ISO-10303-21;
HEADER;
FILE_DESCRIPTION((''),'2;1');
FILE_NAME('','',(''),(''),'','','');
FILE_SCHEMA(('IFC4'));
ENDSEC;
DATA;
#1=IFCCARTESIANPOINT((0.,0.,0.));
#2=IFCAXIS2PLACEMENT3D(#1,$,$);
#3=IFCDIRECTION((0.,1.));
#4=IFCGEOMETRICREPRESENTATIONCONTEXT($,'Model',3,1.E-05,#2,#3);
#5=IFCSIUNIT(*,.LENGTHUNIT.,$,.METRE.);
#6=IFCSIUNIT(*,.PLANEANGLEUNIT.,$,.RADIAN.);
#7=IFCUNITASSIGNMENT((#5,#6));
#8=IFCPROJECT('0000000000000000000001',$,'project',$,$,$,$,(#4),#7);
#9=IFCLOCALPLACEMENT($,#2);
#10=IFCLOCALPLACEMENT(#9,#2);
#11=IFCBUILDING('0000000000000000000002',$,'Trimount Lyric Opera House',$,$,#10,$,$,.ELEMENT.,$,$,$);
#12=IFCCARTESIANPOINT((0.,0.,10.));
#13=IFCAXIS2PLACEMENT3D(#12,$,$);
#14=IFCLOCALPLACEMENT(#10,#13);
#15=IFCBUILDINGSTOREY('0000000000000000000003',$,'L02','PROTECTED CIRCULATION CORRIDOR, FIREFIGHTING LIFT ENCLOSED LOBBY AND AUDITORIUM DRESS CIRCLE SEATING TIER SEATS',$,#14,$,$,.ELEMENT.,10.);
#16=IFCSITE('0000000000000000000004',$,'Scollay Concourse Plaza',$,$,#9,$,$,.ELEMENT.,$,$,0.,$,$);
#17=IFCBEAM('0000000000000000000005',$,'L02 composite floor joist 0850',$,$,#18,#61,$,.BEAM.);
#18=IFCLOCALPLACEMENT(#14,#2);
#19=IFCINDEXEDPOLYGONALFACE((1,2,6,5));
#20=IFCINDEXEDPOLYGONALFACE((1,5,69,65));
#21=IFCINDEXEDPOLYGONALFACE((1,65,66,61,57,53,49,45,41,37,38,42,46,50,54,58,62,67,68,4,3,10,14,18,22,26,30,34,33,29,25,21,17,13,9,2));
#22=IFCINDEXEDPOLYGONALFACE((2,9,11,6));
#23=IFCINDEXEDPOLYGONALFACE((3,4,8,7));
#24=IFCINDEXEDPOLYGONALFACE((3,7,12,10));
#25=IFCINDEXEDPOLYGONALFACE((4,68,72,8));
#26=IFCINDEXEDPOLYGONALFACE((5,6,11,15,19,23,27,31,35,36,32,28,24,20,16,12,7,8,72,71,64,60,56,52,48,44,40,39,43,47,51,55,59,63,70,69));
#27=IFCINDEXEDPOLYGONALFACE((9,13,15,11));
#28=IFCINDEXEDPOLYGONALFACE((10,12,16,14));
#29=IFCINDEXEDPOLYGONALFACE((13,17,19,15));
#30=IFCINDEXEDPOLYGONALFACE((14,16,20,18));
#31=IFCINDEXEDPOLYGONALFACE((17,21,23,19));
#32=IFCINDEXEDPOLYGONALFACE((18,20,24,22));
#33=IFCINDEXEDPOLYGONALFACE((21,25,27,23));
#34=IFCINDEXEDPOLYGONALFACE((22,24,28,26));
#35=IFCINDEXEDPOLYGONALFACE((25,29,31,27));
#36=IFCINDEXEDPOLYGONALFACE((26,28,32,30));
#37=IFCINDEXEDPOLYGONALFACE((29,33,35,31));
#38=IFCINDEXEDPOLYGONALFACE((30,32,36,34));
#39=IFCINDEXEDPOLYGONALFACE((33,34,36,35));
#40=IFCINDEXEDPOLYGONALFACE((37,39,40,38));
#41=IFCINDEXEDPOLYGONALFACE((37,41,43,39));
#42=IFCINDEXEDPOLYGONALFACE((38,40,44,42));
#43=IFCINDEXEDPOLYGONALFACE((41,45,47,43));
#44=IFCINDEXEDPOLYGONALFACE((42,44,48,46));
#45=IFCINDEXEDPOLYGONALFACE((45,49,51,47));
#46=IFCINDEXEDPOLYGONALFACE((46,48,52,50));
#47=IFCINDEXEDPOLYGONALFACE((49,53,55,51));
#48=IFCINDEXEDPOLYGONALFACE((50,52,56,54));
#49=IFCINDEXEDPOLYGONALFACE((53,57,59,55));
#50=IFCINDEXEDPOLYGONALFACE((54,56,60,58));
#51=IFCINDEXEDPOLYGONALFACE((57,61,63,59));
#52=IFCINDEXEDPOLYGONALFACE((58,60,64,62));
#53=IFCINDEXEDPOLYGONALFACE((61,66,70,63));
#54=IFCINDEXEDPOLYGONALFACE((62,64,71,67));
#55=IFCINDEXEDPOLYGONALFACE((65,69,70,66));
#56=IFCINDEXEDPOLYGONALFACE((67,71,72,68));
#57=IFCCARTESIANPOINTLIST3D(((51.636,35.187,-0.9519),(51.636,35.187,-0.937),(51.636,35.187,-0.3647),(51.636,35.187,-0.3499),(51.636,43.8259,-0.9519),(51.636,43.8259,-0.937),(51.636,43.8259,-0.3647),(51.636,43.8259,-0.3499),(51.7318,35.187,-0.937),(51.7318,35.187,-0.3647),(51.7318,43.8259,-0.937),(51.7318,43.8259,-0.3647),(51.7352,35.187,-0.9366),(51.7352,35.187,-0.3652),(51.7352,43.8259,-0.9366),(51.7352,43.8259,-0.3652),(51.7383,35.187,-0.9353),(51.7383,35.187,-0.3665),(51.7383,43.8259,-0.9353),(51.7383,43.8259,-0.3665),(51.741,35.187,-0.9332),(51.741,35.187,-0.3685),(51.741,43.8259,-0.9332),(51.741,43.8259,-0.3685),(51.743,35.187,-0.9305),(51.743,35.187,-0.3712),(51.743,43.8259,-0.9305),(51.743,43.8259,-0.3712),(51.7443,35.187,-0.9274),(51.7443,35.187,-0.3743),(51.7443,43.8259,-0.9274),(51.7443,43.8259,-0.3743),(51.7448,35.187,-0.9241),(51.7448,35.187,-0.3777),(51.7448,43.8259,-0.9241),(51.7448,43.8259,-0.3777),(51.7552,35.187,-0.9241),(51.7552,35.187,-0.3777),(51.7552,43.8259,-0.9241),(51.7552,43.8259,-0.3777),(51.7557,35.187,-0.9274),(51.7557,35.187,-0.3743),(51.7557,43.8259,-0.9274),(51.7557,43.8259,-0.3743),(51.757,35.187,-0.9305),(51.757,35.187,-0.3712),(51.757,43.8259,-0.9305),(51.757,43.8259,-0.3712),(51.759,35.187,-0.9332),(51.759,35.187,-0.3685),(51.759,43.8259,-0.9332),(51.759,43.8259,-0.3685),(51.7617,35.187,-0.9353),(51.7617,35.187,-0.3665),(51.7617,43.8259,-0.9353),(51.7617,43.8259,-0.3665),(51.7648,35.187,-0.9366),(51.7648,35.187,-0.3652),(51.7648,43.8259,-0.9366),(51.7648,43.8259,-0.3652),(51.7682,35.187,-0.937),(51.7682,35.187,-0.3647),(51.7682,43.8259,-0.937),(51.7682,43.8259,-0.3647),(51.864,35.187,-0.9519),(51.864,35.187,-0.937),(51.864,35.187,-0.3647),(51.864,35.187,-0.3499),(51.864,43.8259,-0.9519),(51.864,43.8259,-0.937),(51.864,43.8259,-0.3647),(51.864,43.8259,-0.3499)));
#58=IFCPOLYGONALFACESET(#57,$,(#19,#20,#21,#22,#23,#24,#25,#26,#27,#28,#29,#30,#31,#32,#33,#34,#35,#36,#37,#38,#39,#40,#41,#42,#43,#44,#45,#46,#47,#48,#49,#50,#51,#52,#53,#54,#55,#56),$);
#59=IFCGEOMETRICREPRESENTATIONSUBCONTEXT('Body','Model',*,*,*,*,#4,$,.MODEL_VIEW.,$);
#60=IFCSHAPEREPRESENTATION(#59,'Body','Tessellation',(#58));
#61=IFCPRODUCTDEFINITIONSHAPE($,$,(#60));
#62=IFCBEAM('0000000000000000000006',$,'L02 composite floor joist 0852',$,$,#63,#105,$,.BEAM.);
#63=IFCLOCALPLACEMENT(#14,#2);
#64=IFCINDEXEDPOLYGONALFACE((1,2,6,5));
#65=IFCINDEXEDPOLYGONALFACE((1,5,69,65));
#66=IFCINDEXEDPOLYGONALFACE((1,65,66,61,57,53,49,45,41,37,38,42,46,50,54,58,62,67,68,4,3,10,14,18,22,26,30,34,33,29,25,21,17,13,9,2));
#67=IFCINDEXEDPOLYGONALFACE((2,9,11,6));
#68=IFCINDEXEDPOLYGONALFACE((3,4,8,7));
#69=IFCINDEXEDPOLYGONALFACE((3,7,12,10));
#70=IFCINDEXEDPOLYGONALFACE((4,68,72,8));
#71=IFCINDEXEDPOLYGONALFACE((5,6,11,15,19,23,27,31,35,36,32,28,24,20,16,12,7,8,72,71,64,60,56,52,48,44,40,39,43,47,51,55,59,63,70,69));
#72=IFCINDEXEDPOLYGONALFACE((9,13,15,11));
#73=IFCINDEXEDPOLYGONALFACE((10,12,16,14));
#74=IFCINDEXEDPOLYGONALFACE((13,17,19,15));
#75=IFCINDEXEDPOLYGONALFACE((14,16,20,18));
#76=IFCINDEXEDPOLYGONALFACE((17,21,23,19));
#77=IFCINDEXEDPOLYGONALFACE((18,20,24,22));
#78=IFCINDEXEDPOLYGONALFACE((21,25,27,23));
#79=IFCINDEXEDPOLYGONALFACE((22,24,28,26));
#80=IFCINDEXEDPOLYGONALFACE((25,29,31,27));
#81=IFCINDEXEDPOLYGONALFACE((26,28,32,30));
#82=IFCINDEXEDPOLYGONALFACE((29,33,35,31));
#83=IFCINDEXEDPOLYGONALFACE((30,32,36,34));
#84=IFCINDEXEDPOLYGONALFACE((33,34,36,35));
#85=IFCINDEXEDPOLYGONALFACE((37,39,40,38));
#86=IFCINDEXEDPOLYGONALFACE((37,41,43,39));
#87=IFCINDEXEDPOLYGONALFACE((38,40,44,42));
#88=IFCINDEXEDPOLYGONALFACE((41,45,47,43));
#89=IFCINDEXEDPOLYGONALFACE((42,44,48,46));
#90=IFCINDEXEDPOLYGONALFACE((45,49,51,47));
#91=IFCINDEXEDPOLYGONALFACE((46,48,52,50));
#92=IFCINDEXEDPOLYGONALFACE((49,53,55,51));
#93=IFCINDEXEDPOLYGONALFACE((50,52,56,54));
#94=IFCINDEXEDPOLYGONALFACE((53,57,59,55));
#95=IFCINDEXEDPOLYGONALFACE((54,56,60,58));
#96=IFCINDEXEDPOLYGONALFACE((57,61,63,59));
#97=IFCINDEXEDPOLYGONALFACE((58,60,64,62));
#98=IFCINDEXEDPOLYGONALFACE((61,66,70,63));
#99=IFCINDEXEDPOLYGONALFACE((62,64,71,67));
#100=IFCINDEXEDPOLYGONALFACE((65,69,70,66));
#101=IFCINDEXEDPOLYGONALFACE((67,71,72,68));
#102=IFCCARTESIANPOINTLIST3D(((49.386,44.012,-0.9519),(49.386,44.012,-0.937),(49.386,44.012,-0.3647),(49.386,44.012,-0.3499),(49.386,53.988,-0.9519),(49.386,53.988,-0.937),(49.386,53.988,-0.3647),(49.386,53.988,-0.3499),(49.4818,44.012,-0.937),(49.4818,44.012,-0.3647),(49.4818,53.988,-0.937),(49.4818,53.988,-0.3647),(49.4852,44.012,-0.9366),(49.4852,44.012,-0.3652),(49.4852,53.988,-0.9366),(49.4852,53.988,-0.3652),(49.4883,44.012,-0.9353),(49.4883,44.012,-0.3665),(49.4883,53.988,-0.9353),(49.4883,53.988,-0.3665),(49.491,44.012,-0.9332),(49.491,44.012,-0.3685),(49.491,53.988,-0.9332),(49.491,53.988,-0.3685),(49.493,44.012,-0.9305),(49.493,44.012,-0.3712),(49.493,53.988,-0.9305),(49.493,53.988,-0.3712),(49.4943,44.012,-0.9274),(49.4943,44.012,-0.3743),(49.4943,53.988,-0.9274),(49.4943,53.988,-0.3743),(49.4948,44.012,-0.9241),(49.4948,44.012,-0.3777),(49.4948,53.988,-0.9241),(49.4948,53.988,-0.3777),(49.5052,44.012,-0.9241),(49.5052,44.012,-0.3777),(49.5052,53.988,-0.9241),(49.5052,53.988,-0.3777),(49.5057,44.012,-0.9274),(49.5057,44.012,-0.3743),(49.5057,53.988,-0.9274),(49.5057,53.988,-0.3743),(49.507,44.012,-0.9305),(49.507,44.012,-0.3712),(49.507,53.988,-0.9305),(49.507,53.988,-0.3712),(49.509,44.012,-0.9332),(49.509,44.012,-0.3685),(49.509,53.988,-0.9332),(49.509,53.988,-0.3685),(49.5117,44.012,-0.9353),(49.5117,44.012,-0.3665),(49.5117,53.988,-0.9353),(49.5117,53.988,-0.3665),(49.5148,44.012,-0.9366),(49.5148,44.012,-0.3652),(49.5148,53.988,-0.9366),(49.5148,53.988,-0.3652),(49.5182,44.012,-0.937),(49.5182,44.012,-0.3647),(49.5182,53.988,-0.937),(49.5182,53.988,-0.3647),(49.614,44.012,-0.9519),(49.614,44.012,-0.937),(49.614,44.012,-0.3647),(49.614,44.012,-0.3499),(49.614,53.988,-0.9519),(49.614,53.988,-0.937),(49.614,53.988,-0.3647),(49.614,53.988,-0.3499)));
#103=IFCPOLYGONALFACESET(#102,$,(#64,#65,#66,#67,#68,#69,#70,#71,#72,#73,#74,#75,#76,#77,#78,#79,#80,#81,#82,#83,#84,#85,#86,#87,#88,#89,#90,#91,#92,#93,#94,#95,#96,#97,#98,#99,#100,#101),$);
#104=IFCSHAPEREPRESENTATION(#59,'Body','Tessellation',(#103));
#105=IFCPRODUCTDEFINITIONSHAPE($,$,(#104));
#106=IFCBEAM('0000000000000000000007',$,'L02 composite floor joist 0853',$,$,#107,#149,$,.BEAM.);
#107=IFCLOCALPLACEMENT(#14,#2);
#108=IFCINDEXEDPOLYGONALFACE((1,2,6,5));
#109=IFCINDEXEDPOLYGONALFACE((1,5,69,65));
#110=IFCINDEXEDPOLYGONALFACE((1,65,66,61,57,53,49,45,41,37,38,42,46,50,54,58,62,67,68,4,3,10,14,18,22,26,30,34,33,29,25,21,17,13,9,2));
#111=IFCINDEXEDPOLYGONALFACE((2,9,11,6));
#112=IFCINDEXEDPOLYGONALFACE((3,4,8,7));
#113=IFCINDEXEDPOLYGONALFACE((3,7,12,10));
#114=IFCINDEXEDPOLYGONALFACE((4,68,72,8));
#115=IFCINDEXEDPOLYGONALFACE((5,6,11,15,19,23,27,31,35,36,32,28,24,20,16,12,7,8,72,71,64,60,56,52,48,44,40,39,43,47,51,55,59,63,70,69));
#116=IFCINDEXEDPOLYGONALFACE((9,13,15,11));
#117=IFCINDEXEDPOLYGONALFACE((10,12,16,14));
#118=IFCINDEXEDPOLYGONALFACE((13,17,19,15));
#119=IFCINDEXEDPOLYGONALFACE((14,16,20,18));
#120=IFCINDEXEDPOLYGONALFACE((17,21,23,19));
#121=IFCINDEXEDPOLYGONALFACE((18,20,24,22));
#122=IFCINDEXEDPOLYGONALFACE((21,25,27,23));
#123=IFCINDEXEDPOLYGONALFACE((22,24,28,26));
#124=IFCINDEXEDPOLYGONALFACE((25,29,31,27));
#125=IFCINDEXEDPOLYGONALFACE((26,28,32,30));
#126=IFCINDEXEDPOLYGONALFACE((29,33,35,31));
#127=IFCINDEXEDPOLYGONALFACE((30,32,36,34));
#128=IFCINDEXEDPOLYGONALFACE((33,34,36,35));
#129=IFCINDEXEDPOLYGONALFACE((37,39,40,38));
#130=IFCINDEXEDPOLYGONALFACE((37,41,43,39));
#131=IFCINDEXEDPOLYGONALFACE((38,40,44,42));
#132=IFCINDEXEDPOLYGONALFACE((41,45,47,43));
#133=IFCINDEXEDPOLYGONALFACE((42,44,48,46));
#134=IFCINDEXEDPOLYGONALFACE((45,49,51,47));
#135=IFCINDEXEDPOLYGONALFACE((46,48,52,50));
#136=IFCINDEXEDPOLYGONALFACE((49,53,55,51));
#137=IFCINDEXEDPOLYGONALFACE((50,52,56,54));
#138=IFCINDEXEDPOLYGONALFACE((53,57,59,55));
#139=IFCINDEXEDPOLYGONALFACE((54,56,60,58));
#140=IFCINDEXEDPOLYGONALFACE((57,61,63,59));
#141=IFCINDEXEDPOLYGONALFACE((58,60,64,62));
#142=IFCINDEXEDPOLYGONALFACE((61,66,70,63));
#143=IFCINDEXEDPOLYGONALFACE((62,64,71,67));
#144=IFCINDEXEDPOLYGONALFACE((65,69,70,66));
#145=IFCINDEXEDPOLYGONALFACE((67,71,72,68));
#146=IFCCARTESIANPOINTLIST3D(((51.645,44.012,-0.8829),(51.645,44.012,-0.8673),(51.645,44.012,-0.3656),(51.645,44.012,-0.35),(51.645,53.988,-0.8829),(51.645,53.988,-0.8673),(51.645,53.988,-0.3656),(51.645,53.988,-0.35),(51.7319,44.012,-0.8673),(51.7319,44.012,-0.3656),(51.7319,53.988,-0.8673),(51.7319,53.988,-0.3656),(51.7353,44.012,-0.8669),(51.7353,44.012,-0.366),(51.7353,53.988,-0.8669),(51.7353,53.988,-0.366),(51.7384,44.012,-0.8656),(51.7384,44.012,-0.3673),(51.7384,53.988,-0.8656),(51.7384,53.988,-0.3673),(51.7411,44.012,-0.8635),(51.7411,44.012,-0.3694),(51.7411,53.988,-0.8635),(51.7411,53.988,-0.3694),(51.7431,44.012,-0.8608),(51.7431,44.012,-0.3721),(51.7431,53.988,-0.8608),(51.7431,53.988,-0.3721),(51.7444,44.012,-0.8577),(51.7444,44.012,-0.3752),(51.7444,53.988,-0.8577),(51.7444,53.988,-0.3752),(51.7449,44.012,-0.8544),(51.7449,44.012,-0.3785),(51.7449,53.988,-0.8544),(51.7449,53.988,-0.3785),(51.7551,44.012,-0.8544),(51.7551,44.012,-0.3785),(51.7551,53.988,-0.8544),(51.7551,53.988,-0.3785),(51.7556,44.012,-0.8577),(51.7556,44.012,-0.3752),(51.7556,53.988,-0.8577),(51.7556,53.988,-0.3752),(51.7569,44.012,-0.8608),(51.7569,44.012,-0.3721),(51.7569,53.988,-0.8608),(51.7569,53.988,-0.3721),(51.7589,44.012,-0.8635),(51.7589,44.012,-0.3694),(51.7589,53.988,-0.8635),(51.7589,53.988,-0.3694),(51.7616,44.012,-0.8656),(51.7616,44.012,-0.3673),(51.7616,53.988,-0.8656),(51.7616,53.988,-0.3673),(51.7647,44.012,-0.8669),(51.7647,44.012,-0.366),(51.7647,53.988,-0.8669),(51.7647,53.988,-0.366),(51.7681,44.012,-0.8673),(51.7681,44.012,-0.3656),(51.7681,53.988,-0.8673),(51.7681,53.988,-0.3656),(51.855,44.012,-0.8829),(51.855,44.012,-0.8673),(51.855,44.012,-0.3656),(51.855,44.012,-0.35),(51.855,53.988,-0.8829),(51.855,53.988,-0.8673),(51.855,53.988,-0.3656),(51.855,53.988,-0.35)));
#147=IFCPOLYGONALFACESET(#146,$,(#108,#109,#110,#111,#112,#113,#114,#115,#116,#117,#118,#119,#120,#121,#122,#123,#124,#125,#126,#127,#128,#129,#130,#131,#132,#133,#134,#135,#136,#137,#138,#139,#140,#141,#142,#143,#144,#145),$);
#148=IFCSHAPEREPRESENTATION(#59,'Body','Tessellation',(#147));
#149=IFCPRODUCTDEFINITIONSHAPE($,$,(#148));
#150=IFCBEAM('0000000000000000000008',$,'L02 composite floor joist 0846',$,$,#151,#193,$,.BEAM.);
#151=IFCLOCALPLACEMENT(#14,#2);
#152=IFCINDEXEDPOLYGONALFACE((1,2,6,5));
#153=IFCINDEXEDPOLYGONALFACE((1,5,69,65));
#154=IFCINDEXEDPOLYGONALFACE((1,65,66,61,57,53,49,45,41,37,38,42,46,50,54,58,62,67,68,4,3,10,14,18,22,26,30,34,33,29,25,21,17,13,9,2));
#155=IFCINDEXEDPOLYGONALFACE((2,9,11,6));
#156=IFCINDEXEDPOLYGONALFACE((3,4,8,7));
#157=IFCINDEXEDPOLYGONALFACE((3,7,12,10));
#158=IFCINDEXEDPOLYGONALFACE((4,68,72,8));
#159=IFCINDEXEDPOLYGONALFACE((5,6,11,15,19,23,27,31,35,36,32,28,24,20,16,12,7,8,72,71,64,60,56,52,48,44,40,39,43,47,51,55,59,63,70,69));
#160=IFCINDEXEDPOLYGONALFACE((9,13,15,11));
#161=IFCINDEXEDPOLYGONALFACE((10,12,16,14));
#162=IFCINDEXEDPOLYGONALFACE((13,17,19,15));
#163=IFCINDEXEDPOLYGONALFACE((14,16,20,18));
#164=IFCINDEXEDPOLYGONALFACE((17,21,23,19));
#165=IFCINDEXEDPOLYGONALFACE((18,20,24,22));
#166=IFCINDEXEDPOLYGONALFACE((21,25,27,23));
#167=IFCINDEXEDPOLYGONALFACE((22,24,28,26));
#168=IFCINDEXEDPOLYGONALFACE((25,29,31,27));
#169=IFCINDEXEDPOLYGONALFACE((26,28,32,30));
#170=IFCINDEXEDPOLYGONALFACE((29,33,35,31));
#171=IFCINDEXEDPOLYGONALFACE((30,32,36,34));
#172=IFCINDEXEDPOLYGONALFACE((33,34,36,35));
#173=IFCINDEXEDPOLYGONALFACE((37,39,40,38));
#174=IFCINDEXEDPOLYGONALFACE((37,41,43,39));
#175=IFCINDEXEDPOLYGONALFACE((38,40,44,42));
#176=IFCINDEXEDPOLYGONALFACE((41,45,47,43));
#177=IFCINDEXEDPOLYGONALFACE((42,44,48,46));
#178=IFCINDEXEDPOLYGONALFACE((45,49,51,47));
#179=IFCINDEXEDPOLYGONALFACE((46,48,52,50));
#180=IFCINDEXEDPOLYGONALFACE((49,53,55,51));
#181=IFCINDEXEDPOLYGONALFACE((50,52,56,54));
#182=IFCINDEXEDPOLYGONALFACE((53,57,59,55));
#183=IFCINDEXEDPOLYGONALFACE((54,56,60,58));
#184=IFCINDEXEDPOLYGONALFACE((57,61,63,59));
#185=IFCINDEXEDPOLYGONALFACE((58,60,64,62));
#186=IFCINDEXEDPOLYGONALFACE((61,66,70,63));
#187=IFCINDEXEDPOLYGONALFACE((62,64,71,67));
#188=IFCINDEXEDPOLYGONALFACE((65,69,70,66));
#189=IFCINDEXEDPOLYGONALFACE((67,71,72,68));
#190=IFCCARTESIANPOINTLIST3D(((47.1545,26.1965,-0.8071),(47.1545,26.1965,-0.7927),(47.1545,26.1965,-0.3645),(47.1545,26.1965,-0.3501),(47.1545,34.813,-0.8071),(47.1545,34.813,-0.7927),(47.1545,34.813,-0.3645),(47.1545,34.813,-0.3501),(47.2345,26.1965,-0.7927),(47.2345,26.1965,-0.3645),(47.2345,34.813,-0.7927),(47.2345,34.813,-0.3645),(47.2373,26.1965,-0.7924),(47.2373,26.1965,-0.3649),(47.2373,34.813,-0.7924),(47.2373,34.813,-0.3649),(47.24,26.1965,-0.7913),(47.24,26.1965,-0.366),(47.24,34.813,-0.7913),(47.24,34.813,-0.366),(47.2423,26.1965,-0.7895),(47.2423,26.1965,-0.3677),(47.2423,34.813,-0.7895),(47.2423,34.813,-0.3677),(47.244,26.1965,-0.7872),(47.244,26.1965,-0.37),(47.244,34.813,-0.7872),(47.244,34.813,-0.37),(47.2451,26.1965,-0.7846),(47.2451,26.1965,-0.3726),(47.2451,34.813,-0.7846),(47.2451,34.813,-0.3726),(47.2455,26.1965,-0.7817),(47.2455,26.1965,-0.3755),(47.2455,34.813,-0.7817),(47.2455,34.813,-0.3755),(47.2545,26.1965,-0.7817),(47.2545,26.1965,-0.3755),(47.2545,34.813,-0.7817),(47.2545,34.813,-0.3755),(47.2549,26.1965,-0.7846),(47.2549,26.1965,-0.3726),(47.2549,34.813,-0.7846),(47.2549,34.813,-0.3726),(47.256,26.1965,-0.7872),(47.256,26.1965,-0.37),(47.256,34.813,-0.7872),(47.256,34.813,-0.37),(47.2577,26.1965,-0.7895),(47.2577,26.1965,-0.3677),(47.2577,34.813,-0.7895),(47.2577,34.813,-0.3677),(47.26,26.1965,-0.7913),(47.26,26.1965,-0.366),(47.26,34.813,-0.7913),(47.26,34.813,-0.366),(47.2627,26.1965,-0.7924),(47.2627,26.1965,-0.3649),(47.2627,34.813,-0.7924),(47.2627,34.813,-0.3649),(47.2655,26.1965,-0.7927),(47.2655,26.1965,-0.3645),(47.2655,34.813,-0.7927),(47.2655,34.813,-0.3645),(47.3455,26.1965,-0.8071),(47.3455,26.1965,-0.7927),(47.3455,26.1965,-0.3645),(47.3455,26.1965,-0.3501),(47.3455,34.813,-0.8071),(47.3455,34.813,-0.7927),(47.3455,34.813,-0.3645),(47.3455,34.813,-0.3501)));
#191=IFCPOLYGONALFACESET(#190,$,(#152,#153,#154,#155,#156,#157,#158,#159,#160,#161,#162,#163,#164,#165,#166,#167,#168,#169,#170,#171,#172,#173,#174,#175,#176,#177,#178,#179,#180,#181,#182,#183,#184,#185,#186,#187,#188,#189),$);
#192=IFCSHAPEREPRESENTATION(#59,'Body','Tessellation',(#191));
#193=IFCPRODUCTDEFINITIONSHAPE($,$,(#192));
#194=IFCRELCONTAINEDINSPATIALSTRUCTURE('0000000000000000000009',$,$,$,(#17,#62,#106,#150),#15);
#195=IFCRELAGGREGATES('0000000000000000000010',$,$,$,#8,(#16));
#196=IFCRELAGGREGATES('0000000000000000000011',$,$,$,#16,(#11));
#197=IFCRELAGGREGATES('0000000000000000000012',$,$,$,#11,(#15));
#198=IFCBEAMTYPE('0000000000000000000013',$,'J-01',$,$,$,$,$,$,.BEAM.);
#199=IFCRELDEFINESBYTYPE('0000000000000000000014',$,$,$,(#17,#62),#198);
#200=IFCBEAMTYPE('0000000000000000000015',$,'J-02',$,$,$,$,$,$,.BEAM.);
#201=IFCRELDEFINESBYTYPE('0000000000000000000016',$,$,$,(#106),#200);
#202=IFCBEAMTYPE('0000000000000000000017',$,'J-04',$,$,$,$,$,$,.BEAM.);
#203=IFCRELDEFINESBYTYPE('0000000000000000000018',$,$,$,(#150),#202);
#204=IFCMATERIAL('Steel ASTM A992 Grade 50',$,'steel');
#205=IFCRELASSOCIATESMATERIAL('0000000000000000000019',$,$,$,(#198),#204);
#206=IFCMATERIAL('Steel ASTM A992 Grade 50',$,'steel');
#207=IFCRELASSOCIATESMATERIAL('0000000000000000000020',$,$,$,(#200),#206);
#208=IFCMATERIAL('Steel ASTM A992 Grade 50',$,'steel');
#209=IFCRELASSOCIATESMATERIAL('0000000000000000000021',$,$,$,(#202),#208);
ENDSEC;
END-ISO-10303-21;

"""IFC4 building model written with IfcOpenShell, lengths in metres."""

from ifc_helpers import new_model, si_unit, direction, frame, origin, origin_2d, place, context, subcontext, project, spatial, i_section, extrude, material, material_profile, profile_set, type_object, element, save


model = new_model("IFC4")

# Units and contexts
model_context = context("Model", 3, precision=1e-05, world=origin(), true_north=direction((0.0, 1.0)))
body_context = subcontext(model_context, "Body", "Model", "MODEL_VIEW")
ifc_project = project(units=[si_unit("LENGTHUNIT", "METRE"), si_unit("PLANEANGLEUNIT", "RADIAN")], contexts=[model_context])

# Site, building, storey
site_placement = place(None, origin())
site = spatial("IfcSite", under=ifc_project, at=site_placement, Name="Scollay Concourse Plaza", CompositionType="ELEMENT", RefElevation=0.0)
building_placement = place(site_placement, origin())
building = spatial("IfcBuilding", under=site, at=building_placement, Name="Trimount Lyric Opera House", CompositionType="ELEMENT")
storey_placement = place(building_placement, frame((0.0, 0.0, 10.0)))
storey = spatial("IfcBuildingStorey", under=building, at=storey_placement, Name="L02", Description="PROTECTED CIRCULATION CORRIDOR, FIREFIGHTING LIFT ENCLOSED LOBBY AND AUDITORIUM DRESS CIRCLE SEATING TIER SEATS", CompositionType="ELEMENT", Elevation=10.0)

# Beams
ifc_material_1 = material(Name="Steel ASTM A992 Grade 50", Category="steel")
ifc_material_profile_1 = material_profile(ifc_material_1, i_section(OverallWidth=0.228, OverallDepth=0.6021, WebThickness=0.0105, FlangeThickness=0.0149, FilletRadius=0.0129, at=origin_2d()), Name="W24X68")
ifc_profile_set_1 = profile_set([ifc_material_profile_1], Name="Steel ASTM A992 Grade 50")
beam_type_1 = type_object("IfcBeamType", Name="J-01", PredefinedType="BEAM", material=ifc_profile_set_1)
beam_1_placement = place(storey_placement, frame((51.75, 35.187, -0.6509), z_axis=(0.0, 1.0, 0.0), x_axis=(-1.0, 0.0, 0.0)))
element("IfcBeam", 1, at=beam_1_placement, inside=storey, type_object=beam_type_1, Name="L02 composite floor joist 0850", PredefinedType="BEAM", context=body_context, shape_type="SweptSolid", body=[
    extrude(i_section(OverallWidth=0.228, OverallDepth=0.6021, WebThickness=0.0105, FlangeThickness=0.0149, FilletRadius=0.0129, at=origin_2d()), origin(), (0.0, 0.0, 1.0), 8.6389),
])
beam_2_placement = place(storey_placement, frame((49.5, 44.012, -0.6509), z_axis=(0.0, 1.0, 0.0), x_axis=(-1.0, 0.0, 0.0)))
element("IfcBeam", 2, at=beam_2_placement, inside=storey, type_object=beam_type_1, Name="L02 composite floor joist 0852", PredefinedType="BEAM", context=body_context, shape_type="SweptSolid", body=[
    extrude(i_section(OverallWidth=0.228, OverallDepth=0.6021, WebThickness=0.0105, FlangeThickness=0.0149, FilletRadius=0.0129, at=origin_2d()), origin(), (0.0, 0.0, 1.0), 9.9761),
])
ifc_material_2 = material(Name="Steel ASTM A992 Grade 50", Category="steel")
ifc_material_profile_2 = material_profile(ifc_material_2, i_section(OverallWidth=0.21, OverallDepth=0.533, WebThickness=0.0103, FlangeThickness=0.0156, FilletRadius=0.0129, at=origin_2d()), Name="W21X62")
ifc_profile_set_2 = profile_set([ifc_material_profile_2], Name="Steel ASTM A992 Grade 50")
beam_type_2 = type_object("IfcBeamType", Name="J-02", PredefinedType="BEAM", material=ifc_profile_set_2)
beam_3_placement = place(storey_placement, frame((51.75, 44.012, -0.6165), z_axis=(0.0, 1.0, 0.0), x_axis=(-1.0, 0.0, 0.0)))
element("IfcBeam", 3, at=beam_3_placement, inside=storey, type_object=beam_type_2, Name="L02 composite floor joist 0853", PredefinedType="BEAM", context=body_context, shape_type="SweptSolid", body=[
    extrude(i_section(OverallWidth=0.21, OverallDepth=0.533, WebThickness=0.0103, FlangeThickness=0.0156, FilletRadius=0.0129, at=origin_2d()), origin(), (0.0, 0.0, 1.0), 9.9761),
])
ifc_material_3 = material(Name="Steel ASTM A992 Grade 50", Category="steel")
ifc_material_profile_3 = material_profile(ifc_material_3, i_section(OverallWidth=0.1909, OverallDepth=0.457, WebThickness=0.009, FlangeThickness=0.0144, FilletRadius=0.011, at=origin_2d()), Name="W18X50")
ifc_profile_set_3 = profile_set([ifc_material_profile_3], Name="Steel ASTM A992 Grade 50")
beam_type_3 = type_object("IfcBeamType", Name="J-04", PredefinedType="BEAM", material=ifc_profile_set_3)
beam_4_placement = place(storey_placement, frame((47.25, 26.1965, -0.5786), z_axis=(0.0, 1.0, 0.0), x_axis=(-1.0, 0.0, 0.0)))
element("IfcBeam", 4, at=beam_4_placement, inside=storey, type_object=beam_type_3, Name="L02 composite floor joist 0846", PredefinedType="BEAM", context=body_context, shape_type="SweptSolid", body=[
    extrude(i_section(OverallWidth=0.1909, OverallDepth=0.457, WebThickness=0.009, FlangeThickness=0.0144, FilletRadius=0.011, at=origin_2d()), origin(), (0.0, 0.0, 1.0), 8.6165),
])

save(model, "model.ifc")
